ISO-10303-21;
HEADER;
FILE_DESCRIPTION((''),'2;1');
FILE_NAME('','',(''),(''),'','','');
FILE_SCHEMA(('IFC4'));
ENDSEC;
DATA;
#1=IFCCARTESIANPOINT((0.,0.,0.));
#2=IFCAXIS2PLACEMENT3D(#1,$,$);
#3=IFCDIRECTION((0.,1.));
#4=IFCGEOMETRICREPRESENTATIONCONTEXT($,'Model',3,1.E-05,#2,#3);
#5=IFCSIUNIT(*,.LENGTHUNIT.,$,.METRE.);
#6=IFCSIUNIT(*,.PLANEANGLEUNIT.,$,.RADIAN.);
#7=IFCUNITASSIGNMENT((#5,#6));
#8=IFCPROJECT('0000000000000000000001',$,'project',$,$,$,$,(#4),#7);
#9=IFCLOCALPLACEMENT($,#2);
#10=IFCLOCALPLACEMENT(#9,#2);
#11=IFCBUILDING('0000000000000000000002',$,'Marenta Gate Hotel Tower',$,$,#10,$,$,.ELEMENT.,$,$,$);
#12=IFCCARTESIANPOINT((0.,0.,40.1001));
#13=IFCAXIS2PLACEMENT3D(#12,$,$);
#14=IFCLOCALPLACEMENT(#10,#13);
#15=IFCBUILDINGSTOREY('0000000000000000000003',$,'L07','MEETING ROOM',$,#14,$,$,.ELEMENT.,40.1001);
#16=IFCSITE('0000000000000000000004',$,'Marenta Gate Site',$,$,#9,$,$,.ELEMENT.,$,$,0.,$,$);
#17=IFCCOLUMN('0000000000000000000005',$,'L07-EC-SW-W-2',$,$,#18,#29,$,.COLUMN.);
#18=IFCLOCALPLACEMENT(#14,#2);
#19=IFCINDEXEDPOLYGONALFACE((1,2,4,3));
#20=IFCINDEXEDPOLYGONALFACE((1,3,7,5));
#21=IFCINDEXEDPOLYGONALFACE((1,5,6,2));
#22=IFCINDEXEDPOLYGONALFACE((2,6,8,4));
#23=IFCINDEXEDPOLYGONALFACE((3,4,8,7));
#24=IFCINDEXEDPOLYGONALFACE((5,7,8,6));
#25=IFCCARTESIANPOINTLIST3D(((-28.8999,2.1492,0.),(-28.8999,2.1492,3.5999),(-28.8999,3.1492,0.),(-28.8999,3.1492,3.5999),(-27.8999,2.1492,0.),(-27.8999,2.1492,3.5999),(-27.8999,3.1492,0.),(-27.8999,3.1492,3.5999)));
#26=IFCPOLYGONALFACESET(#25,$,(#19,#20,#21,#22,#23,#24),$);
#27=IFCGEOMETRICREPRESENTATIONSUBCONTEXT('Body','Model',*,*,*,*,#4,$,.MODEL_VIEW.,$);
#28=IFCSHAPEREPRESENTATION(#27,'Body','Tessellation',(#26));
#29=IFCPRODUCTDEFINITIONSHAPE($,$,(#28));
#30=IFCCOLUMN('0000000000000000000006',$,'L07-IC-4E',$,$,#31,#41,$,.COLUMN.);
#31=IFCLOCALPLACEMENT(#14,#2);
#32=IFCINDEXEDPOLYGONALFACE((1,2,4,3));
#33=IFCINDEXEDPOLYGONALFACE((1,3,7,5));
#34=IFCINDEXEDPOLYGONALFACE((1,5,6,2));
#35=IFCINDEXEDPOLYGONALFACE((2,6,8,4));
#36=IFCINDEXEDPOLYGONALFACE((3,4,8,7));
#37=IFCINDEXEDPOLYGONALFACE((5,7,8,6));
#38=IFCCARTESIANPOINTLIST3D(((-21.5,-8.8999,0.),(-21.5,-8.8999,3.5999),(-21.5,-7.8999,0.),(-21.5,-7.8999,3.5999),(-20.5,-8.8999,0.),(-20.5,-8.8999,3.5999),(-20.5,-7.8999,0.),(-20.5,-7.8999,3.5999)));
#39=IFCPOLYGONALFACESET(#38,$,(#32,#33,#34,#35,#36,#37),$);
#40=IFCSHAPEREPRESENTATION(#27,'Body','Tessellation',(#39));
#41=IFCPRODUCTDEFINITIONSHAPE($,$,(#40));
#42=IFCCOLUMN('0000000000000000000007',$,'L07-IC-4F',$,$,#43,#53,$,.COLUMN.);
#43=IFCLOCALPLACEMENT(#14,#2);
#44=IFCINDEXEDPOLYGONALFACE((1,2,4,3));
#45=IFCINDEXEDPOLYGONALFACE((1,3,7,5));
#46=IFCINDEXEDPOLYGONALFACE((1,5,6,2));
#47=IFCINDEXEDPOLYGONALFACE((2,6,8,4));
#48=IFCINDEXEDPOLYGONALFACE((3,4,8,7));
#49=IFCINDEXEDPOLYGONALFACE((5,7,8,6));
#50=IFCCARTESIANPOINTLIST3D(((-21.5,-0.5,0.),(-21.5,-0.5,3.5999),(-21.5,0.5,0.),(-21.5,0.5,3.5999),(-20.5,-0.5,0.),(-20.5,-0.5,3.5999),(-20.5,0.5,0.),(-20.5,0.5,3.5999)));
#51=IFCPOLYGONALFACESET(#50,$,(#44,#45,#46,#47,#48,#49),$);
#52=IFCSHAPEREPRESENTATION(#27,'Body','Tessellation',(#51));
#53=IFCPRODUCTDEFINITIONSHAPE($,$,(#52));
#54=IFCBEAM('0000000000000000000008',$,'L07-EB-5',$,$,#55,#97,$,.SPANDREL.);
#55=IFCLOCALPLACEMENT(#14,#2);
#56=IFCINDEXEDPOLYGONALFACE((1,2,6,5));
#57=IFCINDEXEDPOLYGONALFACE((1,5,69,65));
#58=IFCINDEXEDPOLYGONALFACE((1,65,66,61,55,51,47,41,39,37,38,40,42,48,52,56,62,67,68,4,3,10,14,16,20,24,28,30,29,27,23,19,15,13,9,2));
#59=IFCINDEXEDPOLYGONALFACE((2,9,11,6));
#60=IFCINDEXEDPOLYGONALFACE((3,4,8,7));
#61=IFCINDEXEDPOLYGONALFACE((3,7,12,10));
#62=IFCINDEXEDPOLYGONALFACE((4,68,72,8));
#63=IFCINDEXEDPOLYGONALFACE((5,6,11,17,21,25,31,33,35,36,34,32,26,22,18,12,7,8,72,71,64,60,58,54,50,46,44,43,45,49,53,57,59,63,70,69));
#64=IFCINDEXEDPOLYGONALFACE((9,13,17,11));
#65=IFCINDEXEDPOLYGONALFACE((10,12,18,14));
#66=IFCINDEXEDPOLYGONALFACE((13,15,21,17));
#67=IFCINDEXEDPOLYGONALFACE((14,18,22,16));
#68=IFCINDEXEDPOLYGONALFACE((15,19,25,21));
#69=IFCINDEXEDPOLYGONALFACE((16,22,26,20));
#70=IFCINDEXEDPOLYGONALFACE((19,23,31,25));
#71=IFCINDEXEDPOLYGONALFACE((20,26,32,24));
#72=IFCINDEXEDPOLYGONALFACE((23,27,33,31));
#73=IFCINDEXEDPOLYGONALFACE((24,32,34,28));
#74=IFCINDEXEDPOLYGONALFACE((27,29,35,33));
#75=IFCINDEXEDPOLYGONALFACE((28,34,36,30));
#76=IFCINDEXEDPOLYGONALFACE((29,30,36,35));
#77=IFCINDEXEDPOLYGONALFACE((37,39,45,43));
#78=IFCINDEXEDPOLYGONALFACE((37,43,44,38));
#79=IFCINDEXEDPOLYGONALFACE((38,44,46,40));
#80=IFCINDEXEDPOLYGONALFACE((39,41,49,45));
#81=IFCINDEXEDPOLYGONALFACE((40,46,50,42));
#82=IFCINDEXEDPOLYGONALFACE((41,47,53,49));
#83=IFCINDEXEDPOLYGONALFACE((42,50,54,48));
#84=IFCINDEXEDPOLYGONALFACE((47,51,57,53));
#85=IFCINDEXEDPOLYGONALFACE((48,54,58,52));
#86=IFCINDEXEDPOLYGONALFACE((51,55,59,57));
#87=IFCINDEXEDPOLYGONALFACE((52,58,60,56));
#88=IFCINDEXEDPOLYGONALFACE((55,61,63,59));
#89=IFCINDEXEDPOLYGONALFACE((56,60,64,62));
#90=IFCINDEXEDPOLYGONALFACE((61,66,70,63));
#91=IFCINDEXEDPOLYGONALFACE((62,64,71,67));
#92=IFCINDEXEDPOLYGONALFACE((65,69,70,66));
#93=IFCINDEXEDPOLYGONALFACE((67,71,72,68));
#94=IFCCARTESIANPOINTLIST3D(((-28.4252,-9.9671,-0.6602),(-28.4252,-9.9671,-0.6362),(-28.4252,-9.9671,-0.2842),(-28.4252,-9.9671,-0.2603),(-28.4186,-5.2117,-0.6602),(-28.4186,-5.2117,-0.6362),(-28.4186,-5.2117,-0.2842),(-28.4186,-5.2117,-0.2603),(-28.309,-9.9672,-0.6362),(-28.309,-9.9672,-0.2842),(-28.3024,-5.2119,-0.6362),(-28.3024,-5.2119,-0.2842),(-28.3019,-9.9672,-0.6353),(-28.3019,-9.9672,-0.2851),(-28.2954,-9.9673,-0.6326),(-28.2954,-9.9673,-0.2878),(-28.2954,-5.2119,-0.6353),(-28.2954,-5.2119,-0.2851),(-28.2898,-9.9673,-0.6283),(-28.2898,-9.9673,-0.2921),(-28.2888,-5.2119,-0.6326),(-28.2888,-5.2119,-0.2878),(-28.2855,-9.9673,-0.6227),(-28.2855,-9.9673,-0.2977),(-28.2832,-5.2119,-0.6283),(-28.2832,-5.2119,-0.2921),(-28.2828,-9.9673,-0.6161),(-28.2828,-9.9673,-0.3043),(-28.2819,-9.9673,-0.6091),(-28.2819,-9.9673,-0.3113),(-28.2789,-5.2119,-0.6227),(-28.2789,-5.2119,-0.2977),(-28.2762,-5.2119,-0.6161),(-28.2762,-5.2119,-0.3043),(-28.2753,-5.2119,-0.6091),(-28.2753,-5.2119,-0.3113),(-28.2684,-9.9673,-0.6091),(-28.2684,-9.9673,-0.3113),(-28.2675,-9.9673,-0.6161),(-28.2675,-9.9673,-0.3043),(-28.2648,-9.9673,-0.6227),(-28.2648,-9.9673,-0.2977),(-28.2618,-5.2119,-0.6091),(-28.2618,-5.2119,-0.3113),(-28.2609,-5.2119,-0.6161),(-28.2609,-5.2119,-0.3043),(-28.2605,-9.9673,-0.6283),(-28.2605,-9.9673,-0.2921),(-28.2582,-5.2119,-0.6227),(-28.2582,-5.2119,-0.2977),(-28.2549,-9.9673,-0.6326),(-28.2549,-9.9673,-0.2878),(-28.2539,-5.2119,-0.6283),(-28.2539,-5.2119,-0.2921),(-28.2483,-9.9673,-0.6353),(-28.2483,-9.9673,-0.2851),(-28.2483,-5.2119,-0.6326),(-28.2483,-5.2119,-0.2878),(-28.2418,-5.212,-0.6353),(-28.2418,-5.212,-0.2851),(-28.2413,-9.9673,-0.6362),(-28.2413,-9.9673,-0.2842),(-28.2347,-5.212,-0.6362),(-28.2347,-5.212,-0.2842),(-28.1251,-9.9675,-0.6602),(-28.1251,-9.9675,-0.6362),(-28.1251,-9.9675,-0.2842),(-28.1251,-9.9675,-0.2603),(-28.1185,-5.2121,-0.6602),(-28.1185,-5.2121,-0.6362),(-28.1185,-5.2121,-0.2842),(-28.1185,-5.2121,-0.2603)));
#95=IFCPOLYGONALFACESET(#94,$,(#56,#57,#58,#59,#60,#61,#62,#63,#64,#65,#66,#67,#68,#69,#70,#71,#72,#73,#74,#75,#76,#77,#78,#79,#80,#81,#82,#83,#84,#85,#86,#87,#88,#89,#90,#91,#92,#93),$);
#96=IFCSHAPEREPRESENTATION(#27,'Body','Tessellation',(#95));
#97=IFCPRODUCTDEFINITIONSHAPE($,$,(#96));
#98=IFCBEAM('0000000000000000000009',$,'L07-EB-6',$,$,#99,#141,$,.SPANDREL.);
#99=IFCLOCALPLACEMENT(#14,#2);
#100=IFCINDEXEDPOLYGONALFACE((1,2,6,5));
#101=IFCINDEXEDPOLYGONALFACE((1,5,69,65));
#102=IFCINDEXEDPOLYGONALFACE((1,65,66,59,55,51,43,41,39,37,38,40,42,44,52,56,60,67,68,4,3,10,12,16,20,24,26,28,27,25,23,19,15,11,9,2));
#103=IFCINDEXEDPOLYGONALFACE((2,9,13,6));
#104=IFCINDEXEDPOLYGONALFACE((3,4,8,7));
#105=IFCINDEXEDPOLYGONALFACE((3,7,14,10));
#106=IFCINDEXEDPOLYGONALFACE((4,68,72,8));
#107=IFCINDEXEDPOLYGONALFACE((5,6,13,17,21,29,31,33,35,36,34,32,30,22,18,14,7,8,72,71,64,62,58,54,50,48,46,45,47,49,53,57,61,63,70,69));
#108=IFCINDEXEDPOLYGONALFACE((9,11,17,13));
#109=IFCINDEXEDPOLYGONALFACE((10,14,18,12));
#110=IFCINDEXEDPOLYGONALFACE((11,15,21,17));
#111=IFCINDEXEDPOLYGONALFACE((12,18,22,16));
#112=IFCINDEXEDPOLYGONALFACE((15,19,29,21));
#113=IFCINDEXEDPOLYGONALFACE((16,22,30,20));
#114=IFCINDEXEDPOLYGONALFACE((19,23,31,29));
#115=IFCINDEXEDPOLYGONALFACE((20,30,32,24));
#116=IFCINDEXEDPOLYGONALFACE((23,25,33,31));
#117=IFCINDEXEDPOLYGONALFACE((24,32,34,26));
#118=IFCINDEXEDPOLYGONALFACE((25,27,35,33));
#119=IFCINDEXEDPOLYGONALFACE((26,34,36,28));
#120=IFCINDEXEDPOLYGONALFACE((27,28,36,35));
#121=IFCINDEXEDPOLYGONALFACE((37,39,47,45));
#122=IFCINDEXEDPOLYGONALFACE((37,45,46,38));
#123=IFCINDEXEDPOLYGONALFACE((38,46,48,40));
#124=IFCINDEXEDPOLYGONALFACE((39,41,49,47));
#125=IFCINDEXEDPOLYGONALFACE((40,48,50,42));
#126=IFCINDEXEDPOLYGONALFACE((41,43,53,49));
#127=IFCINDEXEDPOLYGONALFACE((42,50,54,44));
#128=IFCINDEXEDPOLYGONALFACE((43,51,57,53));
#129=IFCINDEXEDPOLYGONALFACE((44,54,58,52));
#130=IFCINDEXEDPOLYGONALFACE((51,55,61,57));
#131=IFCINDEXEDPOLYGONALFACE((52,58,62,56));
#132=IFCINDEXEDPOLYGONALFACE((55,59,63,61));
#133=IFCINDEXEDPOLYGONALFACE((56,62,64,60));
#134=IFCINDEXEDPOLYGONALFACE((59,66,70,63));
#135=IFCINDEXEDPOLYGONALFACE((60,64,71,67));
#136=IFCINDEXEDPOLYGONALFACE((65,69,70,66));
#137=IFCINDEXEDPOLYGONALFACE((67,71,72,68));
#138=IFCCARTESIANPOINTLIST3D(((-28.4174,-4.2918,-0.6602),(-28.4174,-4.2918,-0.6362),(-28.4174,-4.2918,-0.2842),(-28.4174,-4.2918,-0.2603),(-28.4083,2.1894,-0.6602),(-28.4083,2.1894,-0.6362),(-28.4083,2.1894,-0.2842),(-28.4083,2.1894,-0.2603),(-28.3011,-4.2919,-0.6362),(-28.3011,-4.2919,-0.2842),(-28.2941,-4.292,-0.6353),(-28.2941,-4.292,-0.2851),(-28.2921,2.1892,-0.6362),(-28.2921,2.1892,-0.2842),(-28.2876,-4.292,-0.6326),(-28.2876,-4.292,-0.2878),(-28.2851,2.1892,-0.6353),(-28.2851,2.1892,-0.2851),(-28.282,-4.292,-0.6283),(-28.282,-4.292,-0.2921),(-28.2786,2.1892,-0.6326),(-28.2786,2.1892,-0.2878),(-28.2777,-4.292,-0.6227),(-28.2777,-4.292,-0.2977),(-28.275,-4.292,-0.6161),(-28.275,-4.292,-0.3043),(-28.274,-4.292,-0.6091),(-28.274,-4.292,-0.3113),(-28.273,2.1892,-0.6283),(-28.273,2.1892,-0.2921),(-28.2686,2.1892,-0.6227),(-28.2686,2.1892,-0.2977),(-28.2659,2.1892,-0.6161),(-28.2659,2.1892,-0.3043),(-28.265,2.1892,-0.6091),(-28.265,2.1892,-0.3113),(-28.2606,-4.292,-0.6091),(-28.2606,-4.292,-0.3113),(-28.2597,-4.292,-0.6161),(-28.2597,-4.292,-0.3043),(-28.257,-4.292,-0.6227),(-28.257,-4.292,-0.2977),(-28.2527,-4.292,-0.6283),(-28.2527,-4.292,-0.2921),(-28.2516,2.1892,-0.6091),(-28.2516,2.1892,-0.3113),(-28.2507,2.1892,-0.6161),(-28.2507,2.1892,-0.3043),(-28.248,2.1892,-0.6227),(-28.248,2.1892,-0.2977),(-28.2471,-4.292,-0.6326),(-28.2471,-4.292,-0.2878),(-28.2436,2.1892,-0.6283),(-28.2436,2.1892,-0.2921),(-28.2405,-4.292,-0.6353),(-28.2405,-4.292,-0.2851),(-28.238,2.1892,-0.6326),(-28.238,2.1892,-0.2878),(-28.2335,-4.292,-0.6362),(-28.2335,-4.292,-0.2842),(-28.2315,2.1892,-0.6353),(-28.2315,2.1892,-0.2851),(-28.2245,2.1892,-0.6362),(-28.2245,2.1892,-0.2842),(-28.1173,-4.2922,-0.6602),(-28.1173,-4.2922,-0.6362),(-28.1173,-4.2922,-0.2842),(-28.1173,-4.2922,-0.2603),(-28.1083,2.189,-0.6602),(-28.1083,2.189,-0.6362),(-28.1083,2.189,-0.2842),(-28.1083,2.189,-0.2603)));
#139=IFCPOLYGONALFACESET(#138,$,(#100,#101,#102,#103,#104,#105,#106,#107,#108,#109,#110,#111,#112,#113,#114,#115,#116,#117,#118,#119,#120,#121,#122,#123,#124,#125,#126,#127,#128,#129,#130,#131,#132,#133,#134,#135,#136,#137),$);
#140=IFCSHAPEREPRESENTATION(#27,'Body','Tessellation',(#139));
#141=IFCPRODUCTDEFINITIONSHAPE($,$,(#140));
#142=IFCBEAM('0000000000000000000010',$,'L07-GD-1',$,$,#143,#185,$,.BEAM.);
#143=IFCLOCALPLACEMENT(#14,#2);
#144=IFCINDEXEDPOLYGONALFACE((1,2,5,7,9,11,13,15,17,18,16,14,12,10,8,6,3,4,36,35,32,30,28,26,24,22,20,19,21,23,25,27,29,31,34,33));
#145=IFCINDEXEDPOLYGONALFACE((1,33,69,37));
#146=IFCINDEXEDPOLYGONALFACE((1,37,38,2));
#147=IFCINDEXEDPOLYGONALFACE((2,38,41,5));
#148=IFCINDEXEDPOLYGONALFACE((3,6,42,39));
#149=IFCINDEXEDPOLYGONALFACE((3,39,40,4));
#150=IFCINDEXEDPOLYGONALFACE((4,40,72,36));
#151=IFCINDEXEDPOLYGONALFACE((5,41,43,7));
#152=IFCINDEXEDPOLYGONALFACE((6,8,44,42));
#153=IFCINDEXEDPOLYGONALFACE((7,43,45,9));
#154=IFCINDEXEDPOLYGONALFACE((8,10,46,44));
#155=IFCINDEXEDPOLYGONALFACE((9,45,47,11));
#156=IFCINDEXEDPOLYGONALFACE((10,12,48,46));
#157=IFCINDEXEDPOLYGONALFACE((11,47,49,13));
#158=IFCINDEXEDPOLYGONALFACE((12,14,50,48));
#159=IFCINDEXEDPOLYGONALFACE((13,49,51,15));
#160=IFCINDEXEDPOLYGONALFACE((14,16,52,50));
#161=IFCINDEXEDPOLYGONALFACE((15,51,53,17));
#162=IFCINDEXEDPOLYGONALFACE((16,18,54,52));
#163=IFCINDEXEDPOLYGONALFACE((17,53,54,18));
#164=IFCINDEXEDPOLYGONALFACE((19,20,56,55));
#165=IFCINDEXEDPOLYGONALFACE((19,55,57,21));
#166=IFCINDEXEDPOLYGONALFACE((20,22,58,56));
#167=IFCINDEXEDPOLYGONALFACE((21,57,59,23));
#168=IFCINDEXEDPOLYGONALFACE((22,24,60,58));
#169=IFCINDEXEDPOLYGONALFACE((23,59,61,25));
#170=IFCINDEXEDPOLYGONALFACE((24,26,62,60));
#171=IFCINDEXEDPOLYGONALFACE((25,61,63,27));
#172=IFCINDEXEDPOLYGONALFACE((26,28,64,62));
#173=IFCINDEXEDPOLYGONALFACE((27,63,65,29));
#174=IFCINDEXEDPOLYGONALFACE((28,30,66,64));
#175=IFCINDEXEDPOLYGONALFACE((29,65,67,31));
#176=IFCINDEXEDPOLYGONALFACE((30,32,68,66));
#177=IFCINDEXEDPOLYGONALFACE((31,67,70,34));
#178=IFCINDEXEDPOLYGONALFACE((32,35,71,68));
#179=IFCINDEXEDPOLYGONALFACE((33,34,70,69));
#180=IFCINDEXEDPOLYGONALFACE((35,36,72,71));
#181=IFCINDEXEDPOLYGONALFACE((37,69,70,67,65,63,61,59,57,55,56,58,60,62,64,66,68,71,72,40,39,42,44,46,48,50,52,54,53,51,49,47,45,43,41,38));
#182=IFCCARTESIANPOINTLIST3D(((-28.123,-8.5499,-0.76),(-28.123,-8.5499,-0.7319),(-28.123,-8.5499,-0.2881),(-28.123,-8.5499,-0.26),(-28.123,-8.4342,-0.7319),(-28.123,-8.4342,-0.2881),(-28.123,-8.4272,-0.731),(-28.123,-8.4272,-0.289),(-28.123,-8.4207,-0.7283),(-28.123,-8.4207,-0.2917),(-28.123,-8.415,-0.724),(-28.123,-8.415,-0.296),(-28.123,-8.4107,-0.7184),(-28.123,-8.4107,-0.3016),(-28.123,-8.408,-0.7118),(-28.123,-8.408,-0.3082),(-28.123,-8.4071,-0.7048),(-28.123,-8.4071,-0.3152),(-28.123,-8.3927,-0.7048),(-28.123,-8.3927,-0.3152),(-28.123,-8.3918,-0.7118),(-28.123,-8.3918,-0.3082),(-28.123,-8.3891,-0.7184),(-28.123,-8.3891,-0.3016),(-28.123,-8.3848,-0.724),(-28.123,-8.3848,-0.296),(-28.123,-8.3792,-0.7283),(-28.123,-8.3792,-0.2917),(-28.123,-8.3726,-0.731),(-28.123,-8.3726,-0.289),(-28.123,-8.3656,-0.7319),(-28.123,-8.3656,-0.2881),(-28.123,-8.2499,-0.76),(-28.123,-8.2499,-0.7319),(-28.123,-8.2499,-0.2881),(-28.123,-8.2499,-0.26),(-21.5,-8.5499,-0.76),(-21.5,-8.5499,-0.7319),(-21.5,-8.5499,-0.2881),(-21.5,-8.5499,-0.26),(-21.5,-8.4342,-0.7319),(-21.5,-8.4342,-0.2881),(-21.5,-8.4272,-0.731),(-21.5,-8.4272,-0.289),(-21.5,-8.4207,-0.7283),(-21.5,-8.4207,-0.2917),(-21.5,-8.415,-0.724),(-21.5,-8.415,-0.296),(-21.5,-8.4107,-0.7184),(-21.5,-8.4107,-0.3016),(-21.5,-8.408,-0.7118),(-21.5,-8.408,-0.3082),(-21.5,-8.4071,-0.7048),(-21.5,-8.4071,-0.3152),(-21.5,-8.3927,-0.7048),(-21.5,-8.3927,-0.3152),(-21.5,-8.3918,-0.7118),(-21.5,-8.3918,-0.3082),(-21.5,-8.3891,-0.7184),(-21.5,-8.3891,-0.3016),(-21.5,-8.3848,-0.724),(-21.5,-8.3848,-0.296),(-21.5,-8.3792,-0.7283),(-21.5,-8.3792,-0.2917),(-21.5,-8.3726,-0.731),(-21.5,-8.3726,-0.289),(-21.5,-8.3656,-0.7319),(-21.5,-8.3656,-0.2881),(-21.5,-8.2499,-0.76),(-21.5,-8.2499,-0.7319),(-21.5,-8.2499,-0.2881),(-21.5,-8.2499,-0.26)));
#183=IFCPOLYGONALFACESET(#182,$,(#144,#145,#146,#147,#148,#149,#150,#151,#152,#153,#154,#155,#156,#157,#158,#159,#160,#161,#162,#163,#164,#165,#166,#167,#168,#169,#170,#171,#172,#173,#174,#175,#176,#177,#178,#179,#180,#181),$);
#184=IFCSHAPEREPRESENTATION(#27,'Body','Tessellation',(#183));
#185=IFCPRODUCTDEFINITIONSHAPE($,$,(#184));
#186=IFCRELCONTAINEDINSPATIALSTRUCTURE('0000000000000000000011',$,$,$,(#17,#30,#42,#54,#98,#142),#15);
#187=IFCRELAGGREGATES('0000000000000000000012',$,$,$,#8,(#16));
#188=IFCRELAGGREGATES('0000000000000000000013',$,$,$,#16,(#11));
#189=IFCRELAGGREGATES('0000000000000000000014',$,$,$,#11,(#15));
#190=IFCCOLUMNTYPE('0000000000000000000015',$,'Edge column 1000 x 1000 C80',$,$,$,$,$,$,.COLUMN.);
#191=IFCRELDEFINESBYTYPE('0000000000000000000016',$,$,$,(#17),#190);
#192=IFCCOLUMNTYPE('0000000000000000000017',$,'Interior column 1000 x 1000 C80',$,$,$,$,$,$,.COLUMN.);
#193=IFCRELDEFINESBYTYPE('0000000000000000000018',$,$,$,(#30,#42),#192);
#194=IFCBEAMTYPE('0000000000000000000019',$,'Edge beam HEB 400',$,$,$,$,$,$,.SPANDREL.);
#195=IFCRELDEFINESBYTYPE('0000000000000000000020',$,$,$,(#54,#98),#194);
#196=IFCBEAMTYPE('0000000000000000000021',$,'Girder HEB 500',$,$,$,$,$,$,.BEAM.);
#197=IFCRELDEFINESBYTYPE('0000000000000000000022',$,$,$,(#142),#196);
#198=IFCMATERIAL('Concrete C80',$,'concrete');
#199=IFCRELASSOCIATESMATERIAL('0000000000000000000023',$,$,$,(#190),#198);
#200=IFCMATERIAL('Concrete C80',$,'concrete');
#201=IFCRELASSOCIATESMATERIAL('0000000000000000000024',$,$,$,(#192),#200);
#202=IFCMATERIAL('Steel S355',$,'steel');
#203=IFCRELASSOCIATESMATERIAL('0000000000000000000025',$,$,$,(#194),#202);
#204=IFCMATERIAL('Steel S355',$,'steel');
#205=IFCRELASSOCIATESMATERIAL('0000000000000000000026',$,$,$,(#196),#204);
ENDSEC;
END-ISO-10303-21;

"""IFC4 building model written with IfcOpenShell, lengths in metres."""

from ifc_helpers import new_model, si_unit, direction, frame, origin, origin_2d, place, context, subcontext, project, spatial, rectangle, i_section, extrude, material, material_profile, profile_set, type_object, element, save


model = new_model("IFC4")

# Units and contexts
model_context = context("Model", 3, precision=1e-05, world=origin(), true_north=direction((0.0, 1.0)))
body_context = subcontext(model_context, "Body", "Model", "MODEL_VIEW")
ifc_project = project(units=[si_unit("LENGTHUNIT", "METRE"), si_unit("PLANEANGLEUNIT", "RADIAN")], contexts=[model_context])

# Site, building, storey
site_placement = place(None, origin())
site = spatial("IfcSite", under=ifc_project, at=site_placement, Name="Marenta Gate Site", CompositionType="ELEMENT", RefElevation=0.0)
building_placement = place(site_placement, origin())
building = spatial("IfcBuilding", under=site, at=building_placement, Name="Marenta Gate Hotel Tower", CompositionType="ELEMENT")
storey_placement = place(building_placement, frame((0.0, 0.0, 40.1001)))
storey = spatial("IfcBuildingStorey", under=building, at=storey_placement, Name="L07", Description="MEETING ROOM", CompositionType="ELEMENT", Elevation=40.1001)

# Columns
ifc_material_1 = material(Name="Concrete C80", Category="concrete")
ifc_material_profile_1 = material_profile(ifc_material_1, rectangle(XDim=1.0, YDim=1.0, at=origin_2d()), Name="1000 x 1000")
ifc_profile_set_1 = profile_set([ifc_material_profile_1], Name="Concrete C80")
column_type_1 = type_object("IfcColumnType", Name="Edge column 1000 x 1000 C80", PredefinedType="COLUMN", material=ifc_profile_set_1)
column_placement = place(storey_placement, frame((-28.3999, 2.6492, 0.0), z_axis=(0.0, 0.0, 1.0), x_axis=(1.0, 0.0, 0.0)))
element("IfcColumn", 1, at=column_placement, inside=storey, type_object=column_type_1, Name="L07-EC-SW-W-2", PredefinedType="COLUMN", context=body_context, shape_type="SweptSolid", body=[
    extrude(rectangle(XDim=1.0, YDim=1.0, at=origin_2d()), origin(), (0.0, 0.0, 1.0), 3.5999),
])
ifc_material_2 = material(Name="Concrete C80", Category="concrete")
ifc_material_profile_2 = material_profile(ifc_material_2, rectangle(XDim=1.0, YDim=1.0, at=origin_2d()), Name="1000 x 1000")
ifc_profile_set_2 = profile_set([ifc_material_profile_2], Name="Concrete C80")
column_type_2 = type_object("IfcColumnType", Name="Interior column 1000 x 1000 C80", PredefinedType="COLUMN", material=ifc_profile_set_2)
for number, where, z_axis, x_axis, name in (
    (2, (-21.0, -8.3999, 0.0), (0.0, 0.0, 1.0), (1.0, 0.0, 0.0), "L07-IC-4E"),
    (3, (-21.0, 0.0, 0.0), (0.0, 0.0, 1.0), (1.0, 0.0, 0.0), "L07-IC-4F"),
):
    element("IfcColumn", number, at=place(storey_placement, frame(where, z_axis=z_axis, x_axis=x_axis)), inside=storey, type_object=column_type_2, Name=name, PredefinedType="COLUMN", context=body_context, shape_type="SweptSolid", body=[
        extrude(rectangle(XDim=1.0, YDim=1.0, at=origin_2d()), origin(), (0.0, 0.0, 1.0), 3.5999),
    ])

# Beams
ifc_material_3 = material(Name="Steel S355", Category="steel")
ifc_material_profile_3 = material_profile(ifc_material_3, i_section(OverallWidth=0.3, OverallDepth=0.3999, WebThickness=0.0134, FlangeThickness=0.0239, FilletRadius=0.0271, at=origin_2d()), Name="HEB 400")
ifc_profile_set_3 = profile_set([ifc_material_profile_3], Name="Steel S355")
beam_type_1 = type_object("IfcBeamType", Name="Edge beam HEB 400", PredefinedType="SPANDREL", material=ifc_profile_set_3)
beam_1_placement = place(storey_placement, frame((-28.2751, -9.9673, -0.4602), z_axis=(0.001386, 0.999999, 0.0), x_axis=(-0.999999, 0.001386, 0.0)))
element("IfcBeam", 4, at=beam_1_placement, inside=storey, type_object=beam_type_1, Name="L07-EB-5", PredefinedType="SPANDREL", context=body_context, shape_type="SweptSolid", body=[
    extrude(i_section(OverallWidth=0.3, OverallDepth=0.3999, WebThickness=0.0134, FlangeThickness=0.0239, FilletRadius=0.0271, at=origin_2d()), origin(), (0.0, 0.0, 1.0), 4.7554),
])
beam_2_placement = place(storey_placement, frame((-28.2673, -4.292, -0.4602), z_axis=(0.001394, 0.999999, 0.0), x_axis=(-0.999999, 0.001394, 0.0)))
element("IfcBeam", 5, at=beam_2_placement, inside=storey, type_object=beam_type_1, Name="L07-EB-6", PredefinedType="SPANDREL", context=body_context, shape_type="SweptSolid", body=[
    extrude(i_section(OverallWidth=0.3, OverallDepth=0.3999, WebThickness=0.0134, FlangeThickness=0.0239, FilletRadius=0.0271, at=origin_2d()), origin(), (0.0, 0.0, 1.0), 6.4812),
])
ifc_material_4 = material(Name="Steel S355", Category="steel")
ifc_material_profile_4 = material_profile(ifc_material_4, i_section(OverallWidth=0.3, OverallDepth=0.5, WebThickness=0.0144, FlangeThickness=0.0281, FilletRadius=0.0271, at=origin_2d()), Name="HEB 500")
ifc_profile_set_4 = profile_set([ifc_material_profile_4], Name="Steel S355")
beam_type_2 = type_object("IfcBeamType", Name="Girder HEB 500", PredefinedType="BEAM", material=ifc_profile_set_4)
beam_3_placement = place(storey_placement, frame((-28.123, -8.3999, -0.51), z_axis=(1.0, 0.0, 0.0), x_axis=(0.0, 1.0, 0.0)))
element("IfcBeam", 6, at=beam_3_placement, inside=storey, type_object=beam_type_2, Name="L07-GD-1", PredefinedType="BEAM", context=body_context, shape_type="SweptSolid", body=[
    extrude(i_section(OverallWidth=0.3, OverallDepth=0.5, WebThickness=0.0144, FlangeThickness=0.0281, FilletRadius=0.0271, at=origin_2d()), origin(), (0.0, 0.0, 1.0), 6.623),
])

save(model, "model.ifc")
